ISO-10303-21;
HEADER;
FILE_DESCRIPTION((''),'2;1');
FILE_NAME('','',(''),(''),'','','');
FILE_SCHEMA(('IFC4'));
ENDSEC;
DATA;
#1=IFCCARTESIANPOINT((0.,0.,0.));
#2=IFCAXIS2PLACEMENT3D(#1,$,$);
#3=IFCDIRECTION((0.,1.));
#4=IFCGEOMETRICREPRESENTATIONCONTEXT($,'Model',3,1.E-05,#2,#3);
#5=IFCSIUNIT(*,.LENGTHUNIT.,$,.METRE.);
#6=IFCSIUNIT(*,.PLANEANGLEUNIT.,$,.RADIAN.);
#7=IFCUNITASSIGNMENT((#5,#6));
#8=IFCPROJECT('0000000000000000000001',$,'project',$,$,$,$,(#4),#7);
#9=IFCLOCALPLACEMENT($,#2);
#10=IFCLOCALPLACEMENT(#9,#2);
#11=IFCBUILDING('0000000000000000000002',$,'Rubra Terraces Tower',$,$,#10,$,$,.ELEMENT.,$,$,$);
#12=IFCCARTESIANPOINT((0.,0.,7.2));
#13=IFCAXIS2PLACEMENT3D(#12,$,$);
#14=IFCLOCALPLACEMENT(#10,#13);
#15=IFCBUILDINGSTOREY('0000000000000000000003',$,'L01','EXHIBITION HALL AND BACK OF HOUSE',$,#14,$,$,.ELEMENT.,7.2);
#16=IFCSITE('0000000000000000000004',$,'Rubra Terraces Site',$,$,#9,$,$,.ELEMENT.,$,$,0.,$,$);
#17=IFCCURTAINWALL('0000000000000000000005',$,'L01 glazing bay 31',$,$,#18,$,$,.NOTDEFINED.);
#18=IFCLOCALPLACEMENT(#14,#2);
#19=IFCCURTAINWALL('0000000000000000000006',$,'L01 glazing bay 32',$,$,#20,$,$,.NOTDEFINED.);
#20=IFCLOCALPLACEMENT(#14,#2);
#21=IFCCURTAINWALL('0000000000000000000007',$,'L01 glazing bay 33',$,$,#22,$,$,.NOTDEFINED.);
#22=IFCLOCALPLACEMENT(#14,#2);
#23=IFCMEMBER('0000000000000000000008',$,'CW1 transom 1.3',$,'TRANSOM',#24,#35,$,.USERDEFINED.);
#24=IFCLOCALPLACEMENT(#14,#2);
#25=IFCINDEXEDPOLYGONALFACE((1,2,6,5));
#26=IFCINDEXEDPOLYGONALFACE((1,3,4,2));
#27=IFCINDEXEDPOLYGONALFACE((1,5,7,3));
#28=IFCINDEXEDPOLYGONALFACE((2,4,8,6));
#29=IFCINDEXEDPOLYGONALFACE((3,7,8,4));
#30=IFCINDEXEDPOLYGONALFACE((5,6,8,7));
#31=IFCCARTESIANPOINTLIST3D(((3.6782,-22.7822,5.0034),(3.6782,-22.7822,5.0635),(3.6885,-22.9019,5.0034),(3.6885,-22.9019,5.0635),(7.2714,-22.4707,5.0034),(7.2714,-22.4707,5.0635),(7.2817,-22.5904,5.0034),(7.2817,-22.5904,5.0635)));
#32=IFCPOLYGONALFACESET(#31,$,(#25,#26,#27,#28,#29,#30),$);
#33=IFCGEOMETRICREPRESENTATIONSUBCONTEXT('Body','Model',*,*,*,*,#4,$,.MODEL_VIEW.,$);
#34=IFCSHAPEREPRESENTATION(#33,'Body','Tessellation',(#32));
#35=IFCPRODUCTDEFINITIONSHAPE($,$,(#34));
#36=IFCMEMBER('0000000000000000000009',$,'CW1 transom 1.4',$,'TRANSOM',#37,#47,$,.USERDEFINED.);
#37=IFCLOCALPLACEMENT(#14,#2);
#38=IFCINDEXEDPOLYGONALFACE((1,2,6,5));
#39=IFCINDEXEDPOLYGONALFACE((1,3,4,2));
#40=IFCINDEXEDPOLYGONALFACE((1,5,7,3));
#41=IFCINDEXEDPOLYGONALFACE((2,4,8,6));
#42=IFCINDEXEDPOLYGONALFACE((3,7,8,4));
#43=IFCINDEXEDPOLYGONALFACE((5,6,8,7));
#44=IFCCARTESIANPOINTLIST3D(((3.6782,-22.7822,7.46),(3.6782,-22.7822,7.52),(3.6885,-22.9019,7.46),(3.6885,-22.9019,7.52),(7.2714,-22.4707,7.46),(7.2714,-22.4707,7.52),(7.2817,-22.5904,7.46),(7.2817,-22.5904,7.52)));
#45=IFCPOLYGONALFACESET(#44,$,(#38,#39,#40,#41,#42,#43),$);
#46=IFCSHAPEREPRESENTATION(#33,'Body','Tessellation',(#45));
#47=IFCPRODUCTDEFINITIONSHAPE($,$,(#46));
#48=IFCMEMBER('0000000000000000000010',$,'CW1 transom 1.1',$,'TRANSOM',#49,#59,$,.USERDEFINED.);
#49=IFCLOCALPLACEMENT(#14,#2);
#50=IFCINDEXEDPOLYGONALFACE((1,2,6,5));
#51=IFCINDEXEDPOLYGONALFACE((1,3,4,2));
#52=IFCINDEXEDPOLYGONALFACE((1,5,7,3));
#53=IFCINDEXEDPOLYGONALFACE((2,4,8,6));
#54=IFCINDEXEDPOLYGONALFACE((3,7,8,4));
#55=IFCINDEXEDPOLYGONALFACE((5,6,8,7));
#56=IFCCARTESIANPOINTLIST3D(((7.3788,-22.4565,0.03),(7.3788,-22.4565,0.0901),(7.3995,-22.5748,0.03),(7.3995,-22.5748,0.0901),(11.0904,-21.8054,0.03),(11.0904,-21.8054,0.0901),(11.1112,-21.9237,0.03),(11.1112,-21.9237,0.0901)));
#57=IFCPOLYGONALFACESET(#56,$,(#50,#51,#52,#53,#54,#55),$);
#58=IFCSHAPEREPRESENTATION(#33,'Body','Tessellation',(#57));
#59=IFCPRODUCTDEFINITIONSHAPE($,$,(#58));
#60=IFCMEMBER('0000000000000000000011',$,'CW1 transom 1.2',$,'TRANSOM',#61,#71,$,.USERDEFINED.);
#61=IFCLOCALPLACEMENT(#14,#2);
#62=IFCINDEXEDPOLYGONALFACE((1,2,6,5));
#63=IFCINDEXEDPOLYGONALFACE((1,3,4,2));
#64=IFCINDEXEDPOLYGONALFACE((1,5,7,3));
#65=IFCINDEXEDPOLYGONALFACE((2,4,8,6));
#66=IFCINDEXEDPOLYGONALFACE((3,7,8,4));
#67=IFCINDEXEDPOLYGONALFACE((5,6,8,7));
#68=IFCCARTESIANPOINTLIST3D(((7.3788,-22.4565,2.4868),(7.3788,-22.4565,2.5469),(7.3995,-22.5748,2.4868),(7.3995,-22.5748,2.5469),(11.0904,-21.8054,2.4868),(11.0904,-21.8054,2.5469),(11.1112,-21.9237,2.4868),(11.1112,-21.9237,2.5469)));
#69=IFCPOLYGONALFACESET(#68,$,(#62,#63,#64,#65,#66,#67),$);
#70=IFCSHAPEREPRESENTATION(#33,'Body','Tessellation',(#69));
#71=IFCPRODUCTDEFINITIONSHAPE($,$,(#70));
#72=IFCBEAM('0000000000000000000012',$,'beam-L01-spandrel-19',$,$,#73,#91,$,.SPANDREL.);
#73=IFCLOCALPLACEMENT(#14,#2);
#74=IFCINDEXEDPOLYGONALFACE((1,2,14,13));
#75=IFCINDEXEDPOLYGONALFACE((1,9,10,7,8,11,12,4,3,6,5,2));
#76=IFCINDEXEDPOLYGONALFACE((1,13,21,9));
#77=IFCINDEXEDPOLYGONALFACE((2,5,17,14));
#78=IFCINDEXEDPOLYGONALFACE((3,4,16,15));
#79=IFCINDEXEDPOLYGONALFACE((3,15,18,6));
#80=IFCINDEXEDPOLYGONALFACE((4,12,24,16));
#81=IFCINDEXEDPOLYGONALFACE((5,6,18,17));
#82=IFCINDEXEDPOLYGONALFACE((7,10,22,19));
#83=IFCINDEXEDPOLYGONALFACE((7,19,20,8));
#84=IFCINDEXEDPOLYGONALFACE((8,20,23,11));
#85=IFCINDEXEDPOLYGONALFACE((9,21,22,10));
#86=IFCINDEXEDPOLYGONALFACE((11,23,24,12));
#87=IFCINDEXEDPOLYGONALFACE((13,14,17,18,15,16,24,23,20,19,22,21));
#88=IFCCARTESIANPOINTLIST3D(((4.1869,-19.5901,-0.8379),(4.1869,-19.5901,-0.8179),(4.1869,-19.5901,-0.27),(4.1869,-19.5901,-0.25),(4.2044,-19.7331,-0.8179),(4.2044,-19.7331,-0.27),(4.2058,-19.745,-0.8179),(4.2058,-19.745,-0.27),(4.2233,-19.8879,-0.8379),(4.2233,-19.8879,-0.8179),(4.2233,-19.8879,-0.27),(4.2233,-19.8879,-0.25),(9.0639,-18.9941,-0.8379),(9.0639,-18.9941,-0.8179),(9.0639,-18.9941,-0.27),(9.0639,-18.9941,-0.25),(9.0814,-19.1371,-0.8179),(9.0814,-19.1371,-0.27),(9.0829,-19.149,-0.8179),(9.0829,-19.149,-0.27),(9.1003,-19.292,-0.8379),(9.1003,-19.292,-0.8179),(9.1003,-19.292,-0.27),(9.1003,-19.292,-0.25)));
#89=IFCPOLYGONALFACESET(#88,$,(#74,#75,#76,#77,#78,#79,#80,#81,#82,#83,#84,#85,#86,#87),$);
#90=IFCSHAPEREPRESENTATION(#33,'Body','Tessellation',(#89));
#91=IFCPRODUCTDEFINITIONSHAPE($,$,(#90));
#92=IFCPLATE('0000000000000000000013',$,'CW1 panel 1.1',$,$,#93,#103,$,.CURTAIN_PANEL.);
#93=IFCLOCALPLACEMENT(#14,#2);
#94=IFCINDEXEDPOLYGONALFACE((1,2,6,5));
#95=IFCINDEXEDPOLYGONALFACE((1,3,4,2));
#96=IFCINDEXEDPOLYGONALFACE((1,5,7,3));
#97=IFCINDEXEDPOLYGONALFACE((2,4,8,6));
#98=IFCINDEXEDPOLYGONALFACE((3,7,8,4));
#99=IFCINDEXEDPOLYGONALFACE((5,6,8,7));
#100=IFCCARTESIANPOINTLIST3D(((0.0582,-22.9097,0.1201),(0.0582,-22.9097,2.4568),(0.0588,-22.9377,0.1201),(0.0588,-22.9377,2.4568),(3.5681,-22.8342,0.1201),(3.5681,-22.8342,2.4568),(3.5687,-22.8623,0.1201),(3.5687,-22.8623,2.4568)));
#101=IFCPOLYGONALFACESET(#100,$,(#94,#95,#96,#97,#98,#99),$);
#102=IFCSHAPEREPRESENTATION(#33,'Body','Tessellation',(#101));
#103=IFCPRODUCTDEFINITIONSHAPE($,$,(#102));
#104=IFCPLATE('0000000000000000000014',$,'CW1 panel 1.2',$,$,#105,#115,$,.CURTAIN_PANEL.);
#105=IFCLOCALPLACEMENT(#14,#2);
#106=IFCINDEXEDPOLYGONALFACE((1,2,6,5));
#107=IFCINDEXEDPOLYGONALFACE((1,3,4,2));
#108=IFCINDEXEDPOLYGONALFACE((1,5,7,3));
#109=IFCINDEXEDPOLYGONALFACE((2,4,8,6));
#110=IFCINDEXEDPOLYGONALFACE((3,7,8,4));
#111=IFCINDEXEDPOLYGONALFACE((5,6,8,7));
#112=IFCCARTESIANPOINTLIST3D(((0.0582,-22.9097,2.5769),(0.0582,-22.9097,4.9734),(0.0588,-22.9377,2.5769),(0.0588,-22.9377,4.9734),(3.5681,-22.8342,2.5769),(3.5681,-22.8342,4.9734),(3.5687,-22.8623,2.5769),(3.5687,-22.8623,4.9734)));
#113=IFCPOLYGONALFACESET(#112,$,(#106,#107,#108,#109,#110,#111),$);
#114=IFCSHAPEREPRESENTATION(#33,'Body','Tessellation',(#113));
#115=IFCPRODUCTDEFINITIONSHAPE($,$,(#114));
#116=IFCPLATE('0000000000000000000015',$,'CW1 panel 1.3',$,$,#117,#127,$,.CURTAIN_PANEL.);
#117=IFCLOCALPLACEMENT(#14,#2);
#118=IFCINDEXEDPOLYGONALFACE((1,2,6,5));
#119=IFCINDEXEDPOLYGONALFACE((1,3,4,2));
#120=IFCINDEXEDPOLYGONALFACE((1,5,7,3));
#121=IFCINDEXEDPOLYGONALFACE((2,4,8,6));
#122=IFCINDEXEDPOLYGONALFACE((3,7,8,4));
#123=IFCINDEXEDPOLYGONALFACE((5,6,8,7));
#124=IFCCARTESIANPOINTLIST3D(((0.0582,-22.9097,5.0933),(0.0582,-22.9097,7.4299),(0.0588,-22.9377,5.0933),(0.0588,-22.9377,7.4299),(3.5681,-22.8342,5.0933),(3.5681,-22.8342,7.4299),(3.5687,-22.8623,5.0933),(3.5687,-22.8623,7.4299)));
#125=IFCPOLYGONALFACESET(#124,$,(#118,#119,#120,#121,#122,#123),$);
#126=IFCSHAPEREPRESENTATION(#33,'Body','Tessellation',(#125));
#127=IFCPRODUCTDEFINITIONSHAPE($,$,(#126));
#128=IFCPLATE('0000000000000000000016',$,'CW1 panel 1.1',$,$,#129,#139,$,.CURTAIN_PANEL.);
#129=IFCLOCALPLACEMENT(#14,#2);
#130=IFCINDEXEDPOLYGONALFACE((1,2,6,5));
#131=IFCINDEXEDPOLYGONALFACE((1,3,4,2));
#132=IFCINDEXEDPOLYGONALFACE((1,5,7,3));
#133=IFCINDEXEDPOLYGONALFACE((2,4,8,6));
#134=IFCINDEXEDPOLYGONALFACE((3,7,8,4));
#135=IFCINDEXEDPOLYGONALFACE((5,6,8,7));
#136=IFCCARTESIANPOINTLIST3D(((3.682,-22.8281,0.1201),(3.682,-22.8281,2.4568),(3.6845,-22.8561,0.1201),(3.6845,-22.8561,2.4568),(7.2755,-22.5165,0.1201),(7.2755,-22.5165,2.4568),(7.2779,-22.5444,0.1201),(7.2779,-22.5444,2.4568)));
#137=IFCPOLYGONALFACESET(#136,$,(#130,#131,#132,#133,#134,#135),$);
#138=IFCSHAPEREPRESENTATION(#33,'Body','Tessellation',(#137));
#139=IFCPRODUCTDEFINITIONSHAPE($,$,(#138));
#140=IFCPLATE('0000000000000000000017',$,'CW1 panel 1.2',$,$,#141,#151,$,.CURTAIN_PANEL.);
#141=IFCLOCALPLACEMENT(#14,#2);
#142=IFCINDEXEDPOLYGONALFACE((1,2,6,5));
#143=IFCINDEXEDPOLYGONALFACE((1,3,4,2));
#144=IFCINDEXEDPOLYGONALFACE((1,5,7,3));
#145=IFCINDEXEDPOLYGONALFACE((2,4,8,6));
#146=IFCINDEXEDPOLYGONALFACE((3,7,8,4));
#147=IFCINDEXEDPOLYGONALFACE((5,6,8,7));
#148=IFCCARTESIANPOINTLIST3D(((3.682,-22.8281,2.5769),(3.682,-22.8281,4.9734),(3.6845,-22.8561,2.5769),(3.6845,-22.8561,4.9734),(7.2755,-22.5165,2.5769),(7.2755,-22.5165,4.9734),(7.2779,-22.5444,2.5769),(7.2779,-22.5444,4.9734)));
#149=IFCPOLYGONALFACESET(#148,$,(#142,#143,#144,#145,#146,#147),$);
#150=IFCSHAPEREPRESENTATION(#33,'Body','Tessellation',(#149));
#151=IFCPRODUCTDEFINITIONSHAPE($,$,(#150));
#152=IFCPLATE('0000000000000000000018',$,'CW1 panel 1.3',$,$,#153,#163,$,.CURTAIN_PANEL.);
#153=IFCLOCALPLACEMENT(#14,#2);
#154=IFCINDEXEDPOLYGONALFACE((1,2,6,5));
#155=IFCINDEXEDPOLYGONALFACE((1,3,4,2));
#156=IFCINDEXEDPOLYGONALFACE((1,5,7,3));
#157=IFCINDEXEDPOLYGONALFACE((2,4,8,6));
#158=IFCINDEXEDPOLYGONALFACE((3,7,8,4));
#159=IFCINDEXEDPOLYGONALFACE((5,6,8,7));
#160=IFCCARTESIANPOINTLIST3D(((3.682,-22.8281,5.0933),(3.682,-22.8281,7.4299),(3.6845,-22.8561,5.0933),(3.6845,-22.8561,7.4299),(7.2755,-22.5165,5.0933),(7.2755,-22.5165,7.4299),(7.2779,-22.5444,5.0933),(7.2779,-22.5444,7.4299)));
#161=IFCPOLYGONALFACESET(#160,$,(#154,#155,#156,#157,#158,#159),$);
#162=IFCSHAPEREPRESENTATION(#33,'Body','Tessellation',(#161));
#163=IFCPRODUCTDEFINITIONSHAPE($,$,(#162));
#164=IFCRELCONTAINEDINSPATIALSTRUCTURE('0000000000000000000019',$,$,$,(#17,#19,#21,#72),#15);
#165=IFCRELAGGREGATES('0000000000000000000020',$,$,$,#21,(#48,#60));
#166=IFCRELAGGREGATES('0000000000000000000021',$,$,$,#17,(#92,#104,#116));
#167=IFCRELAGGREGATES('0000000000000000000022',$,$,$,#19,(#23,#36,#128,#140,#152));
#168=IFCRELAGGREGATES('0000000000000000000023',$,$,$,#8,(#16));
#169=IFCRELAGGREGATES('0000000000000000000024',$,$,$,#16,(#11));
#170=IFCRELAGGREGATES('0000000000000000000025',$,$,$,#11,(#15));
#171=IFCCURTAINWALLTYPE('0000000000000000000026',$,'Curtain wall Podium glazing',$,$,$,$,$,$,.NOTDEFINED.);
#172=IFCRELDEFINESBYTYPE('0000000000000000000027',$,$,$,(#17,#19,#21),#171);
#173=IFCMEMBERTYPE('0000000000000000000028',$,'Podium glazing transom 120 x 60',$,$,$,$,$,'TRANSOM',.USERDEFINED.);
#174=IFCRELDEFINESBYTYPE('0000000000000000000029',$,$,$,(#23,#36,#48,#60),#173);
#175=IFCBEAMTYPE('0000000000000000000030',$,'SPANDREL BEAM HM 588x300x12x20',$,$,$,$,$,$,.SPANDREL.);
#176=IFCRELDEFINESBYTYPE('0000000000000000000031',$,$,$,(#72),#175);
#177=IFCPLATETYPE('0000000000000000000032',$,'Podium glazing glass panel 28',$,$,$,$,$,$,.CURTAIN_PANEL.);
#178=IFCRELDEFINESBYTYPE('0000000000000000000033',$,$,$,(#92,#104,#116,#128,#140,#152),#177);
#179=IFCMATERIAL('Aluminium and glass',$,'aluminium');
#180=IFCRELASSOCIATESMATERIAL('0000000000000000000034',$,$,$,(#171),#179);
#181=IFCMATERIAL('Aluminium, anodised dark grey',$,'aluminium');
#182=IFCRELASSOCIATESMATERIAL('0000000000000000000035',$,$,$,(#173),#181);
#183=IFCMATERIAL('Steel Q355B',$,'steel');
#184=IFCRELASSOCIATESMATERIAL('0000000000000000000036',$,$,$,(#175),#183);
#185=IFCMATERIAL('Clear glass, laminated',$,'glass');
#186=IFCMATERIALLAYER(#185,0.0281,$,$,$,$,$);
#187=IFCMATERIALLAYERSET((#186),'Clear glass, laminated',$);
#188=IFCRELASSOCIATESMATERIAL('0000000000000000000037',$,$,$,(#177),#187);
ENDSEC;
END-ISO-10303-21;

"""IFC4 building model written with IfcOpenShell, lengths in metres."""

from ifc_helpers import new_model, si_unit, direction, frame, origin, origin_2d, place, context, subcontext, project, spatial, rectangle, i_section, extrude, material, layer, layer_set, material_profile, profile_set, type_object, element, aggregate, save


model = new_model("IFC4")

# Units and contexts
model_context = context("Model", 3, precision=1e-05, world=origin(), true_north=direction((0.0, 1.0)))
body_context = subcontext(model_context, "Body", "Model", "MODEL_VIEW")
ifc_project = project(units=[si_unit("LENGTHUNIT", "METRE"), si_unit("PLANEANGLEUNIT", "RADIAN")], contexts=[model_context])

# Site, building, storey
site_placement = place(None, origin())
site = spatial("IfcSite", under=ifc_project, at=site_placement, Name="Rubra Terraces Site", CompositionType="ELEMENT", RefElevation=0.0)
building_placement = place(site_placement, origin())
building = spatial("IfcBuilding", under=site, at=building_placement, Name="Rubra Terraces Tower", CompositionType="ELEMENT")
storey_placement = place(building_placement, frame((0.0, 0.0, 7.2)))
storey = spatial("IfcBuildingStorey", under=building, at=storey_placement, Name="L01", Description="EXHIBITION HALL AND BACK OF HOUSE", CompositionType="ELEMENT", Elevation=7.2)

# Shared definitions
ifc_material_1 = material(Name="Steel Q355B", Category="steel")

# Curtain walls
ifc_material_2 = material(Name="Aluminium and glass", Category="aluminium")
curtain_wall_type = type_object("IfcCurtainWallType", Name="Curtain wall Podium glazing", PredefinedType="NOTDEFINED", material=ifc_material_2)
curtain_wall_1_placement = place(storey_placement, origin())
curtain_wall_1 = element("IfcCurtainWall", 1, at=curtain_wall_1_placement, inside=storey, type_object=curtain_wall_type, Name="L01 glazing bay 31", PredefinedType="NOTDEFINED")
ifc_material_3 = material(Name="Aluminium, anodised dark grey", Category="aluminium")
curtain_wall_2_placement = place(storey_placement, origin())
curtain_wall_2 = element("IfcCurtainWall", 2, at=curtain_wall_2_placement, inside=storey, type_object=curtain_wall_type, Name="L01 glazing bay 32", PredefinedType="NOTDEFINED")
curtain_wall_3_placement = place(storey_placement, origin())
curtain_wall_3 = element("IfcCurtainWall", 3, at=curtain_wall_3_placement, inside=storey, type_object=curtain_wall_type, Name="L01 glazing bay 33", PredefinedType="NOTDEFINED")

# Members
ifc_material_profile_1 = material_profile(ifc_material_3, rectangle(XDim=0.1201, YDim=0.0601, at=origin_2d()), Name="AL 120x60")
ifc_profile_set_1 = profile_set([ifc_material_profile_1], Name="Aluminium, anodised dark grey")
member_type_1 = type_object("IfcMemberType", Name="Podium glazing transom 120 x 60", ElementType="TRANSOM", PredefinedType="USERDEFINED", material=ifc_profile_set_1)
member_1_placement = place(storey_placement, frame((3.6833, -22.842, 5.0334), z_axis=(0.996263, 0.086373, 0.0), x_axis=(-0.086373, 0.996263, 0.0)))
member_1 = element("IfcMember", 4, at=member_1_placement, type_object=member_type_1, Name="CW1 transom 1.3", ObjectType="TRANSOM", PredefinedType="USERDEFINED", context=body_context, shape_type="SweptSolid", body=[
    extrude(rectangle(XDim=0.1201, YDim=0.0601, at=origin_2d()), origin(), (0.0, 0.0, 1.0), 3.6067),
])
member_2_placement = place(storey_placement, frame((3.6833, -22.842, 7.49), z_axis=(0.996263, 0.086373, 0.0), x_axis=(-0.086373, 0.996263, 0.0)))
member_2 = element("IfcMember", 5, at=member_2_placement, type_object=member_type_1, Name="CW1 transom 1.4", ObjectType="TRANSOM", PredefinedType="USERDEFINED", context=body_context, shape_type="SweptSolid", body=[
    extrude(rectangle(XDim=0.1201, YDim=0.0601, at=origin_2d()), origin(), (0.0, 0.0, 1.0), 3.6067),
])
member_3_placement = place(storey_placement, frame((7.3892, -22.5156, 0.0601), z_axis=(0.984959, 0.172787, 0.0), x_axis=(-0.172787, 0.984959, 0.0)))
member_3 = element("IfcMember", 6, at=member_3_placement, type_object=member_type_1, Name="CW1 transom 1.1", ObjectType="TRANSOM", PredefinedType="USERDEFINED", context=body_context, shape_type="SweptSolid", body=[
    extrude(rectangle(XDim=0.1201, YDim=0.0601, at=origin_2d()), origin(), (0.0, 0.0, 1.0), 3.7683),
])
member_4_placement = place(storey_placement, frame((7.3892, -22.5156, 2.5168), z_axis=(0.984959, 0.172787, 0.0), x_axis=(-0.172787, 0.984959, 0.0)))
member_4 = element("IfcMember", 7, at=member_4_placement, type_object=member_type_1, Name="CW1 transom 1.2", ObjectType="TRANSOM", PredefinedType="USERDEFINED", context=body_context, shape_type="SweptSolid", body=[
    extrude(rectangle(XDim=0.1201, YDim=0.0601, at=origin_2d()), origin(), (0.0, 0.0, 1.0), 3.7683),
])
aggregate(curtain_wall_3, [member_3, member_4])

# Beam
ifc_material_profile_2 = material_profile(ifc_material_1, i_section(OverallWidth=0.3, OverallDepth=0.5879, WebThickness=0.012, FlangeThickness=0.02, at=origin_2d()), Name="HM 588x300x12x20")
ifc_profile_set_2 = profile_set([ifc_material_profile_2], Name="Steel Q355B")
beam_type_1 = type_object("IfcBeamType", Name="SPANDREL BEAM HM 588x300x12x20", PredefinedType="SPANDREL", material=ifc_profile_set_2)
beam_1_placement = place(storey_placement, frame((4.2051, -19.739, -0.5439), z_axis=(0.992617, 0.121294, 0.0), x_axis=(-0.121294, 0.992617, 0.0)))
element("IfcBeam", 8, at=beam_1_placement, inside=storey, type_object=beam_type_1, Name="beam-L01-spandrel-19", PredefinedType="SPANDREL", context=body_context, shape_type="SweptSolid", body=[
    extrude(i_section(OverallWidth=0.3, OverallDepth=0.5879, WebThickness=0.012, FlangeThickness=0.02, at=origin_2d()), origin(), (0.0, 0.0, 1.0), 4.9133),
])

# Plates
ifc_material_4 = material(Name="Clear glass, laminated", Category="glass")
ifc_layer = layer(ifc_material_4, 0.0281)
ifc_layer_set = layer_set([ifc_layer], Name="Clear glass, laminated")
plate_type = type_object("IfcPlateType", Name="Podium glazing glass panel 28", PredefinedType="CURTAIN_PANEL", material=ifc_layer_set)
plate_1_placement = place(storey_placement, frame((1.8135, -22.886, 0.1201), z_axis=(0.0, 0.0, 1.0), x_axis=(0.999769, 0.021483, 0.0)))
plate_1 = element("IfcPlate", 9, at=plate_1_placement, type_object=plate_type, Name="CW1 panel 1.1", PredefinedType="CURTAIN_PANEL", context=body_context, shape_type="SweptSolid", body=[
    extrude(rectangle(XDim=3.5107, YDim=0.0281, at=origin_2d()), origin(), (0.0, 0.0, 1.0), 2.3367),
])
plate_2_placement = place(storey_placement, frame((1.8135, -22.886, 2.5769), z_axis=(0.0, 0.0, 1.0), x_axis=(0.999769, 0.021483, 0.0)))
plate_2 = element("IfcPlate", 10, at=plate_2_placement, type_object=plate_type, Name="CW1 panel 1.2", PredefinedType="CURTAIN_PANEL", context=body_context, shape_type="SweptSolid", body=[
    extrude(rectangle(XDim=3.5107, YDim=0.0281, at=origin_2d()), origin(), (0.0, 0.0, 1.0), 2.3965),
])
plate_3_placement = place(storey_placement, frame((1.8135, -22.886, 5.0933), z_axis=(0.0, 0.0, 1.0), x_axis=(0.999769, 0.021483, 0.0)))
plate_3 = element("IfcPlate", 11, at=plate_3_placement, type_object=plate_type, Name="CW1 panel 1.3", PredefinedType="CURTAIN_PANEL", context=body_context, shape_type="SweptSolid", body=[
    extrude(rectangle(XDim=3.5107, YDim=0.0281, at=origin_2d()), origin(), (0.0, 0.0, 1.0), 2.3367),
])
aggregate(curtain_wall_1, [plate_1, plate_2, plate_3])
plate_4_placement = place(storey_placement, frame((5.48, -22.6863, 0.1201), z_axis=(0.0, 0.0, 1.0), x_axis=(0.996261, 0.086398, 0.0)))
plate_4 = element("IfcPlate", 12, at=plate_4_placement, type_object=plate_type, Name="CW1 panel 1.1", PredefinedType="CURTAIN_PANEL", context=body_context, shape_type="SweptSolid", body=[
    extrude(rectangle(XDim=3.6069, YDim=0.0281, at=origin_2d()), origin(), (0.0, 0.0, 1.0), 2.3367),
])
plate_5_placement = place(storey_placement, frame((5.48, -22.6863, 2.5769), z_axis=(0.0, 0.0, 1.0), x_axis=(0.996261, 0.086398, 0.0)))
plate_5 = element("IfcPlate", 13, at=plate_5_placement, type_object=plate_type, Name="CW1 panel 1.2", PredefinedType="CURTAIN_PANEL", context=body_context, shape_type="SweptSolid", body=[
    extrude(rectangle(XDim=3.6069, YDim=0.0281, at=origin_2d()), origin(), (0.0, 0.0, 1.0), 2.3965),
])
plate_6_placement = place(storey_placement, frame((5.48, -22.6863, 5.0933), z_axis=(0.0, 0.0, 1.0), x_axis=(0.996261, 0.086398, 0.0)))
plate_6 = element("IfcPlate", 14, at=plate_6_placement, type_object=plate_type, Name="CW1 panel 1.3", PredefinedType="CURTAIN_PANEL", context=body_context, shape_type="SweptSolid", body=[
    extrude(rectangle(XDim=3.6069, YDim=0.0281, at=origin_2d()), origin(), (0.0, 0.0, 1.0), 2.3367),
])
aggregate(curtain_wall_2, [member_1, member_2, plate_4, plate_5, plate_6])

save(model, "model.ifc")
